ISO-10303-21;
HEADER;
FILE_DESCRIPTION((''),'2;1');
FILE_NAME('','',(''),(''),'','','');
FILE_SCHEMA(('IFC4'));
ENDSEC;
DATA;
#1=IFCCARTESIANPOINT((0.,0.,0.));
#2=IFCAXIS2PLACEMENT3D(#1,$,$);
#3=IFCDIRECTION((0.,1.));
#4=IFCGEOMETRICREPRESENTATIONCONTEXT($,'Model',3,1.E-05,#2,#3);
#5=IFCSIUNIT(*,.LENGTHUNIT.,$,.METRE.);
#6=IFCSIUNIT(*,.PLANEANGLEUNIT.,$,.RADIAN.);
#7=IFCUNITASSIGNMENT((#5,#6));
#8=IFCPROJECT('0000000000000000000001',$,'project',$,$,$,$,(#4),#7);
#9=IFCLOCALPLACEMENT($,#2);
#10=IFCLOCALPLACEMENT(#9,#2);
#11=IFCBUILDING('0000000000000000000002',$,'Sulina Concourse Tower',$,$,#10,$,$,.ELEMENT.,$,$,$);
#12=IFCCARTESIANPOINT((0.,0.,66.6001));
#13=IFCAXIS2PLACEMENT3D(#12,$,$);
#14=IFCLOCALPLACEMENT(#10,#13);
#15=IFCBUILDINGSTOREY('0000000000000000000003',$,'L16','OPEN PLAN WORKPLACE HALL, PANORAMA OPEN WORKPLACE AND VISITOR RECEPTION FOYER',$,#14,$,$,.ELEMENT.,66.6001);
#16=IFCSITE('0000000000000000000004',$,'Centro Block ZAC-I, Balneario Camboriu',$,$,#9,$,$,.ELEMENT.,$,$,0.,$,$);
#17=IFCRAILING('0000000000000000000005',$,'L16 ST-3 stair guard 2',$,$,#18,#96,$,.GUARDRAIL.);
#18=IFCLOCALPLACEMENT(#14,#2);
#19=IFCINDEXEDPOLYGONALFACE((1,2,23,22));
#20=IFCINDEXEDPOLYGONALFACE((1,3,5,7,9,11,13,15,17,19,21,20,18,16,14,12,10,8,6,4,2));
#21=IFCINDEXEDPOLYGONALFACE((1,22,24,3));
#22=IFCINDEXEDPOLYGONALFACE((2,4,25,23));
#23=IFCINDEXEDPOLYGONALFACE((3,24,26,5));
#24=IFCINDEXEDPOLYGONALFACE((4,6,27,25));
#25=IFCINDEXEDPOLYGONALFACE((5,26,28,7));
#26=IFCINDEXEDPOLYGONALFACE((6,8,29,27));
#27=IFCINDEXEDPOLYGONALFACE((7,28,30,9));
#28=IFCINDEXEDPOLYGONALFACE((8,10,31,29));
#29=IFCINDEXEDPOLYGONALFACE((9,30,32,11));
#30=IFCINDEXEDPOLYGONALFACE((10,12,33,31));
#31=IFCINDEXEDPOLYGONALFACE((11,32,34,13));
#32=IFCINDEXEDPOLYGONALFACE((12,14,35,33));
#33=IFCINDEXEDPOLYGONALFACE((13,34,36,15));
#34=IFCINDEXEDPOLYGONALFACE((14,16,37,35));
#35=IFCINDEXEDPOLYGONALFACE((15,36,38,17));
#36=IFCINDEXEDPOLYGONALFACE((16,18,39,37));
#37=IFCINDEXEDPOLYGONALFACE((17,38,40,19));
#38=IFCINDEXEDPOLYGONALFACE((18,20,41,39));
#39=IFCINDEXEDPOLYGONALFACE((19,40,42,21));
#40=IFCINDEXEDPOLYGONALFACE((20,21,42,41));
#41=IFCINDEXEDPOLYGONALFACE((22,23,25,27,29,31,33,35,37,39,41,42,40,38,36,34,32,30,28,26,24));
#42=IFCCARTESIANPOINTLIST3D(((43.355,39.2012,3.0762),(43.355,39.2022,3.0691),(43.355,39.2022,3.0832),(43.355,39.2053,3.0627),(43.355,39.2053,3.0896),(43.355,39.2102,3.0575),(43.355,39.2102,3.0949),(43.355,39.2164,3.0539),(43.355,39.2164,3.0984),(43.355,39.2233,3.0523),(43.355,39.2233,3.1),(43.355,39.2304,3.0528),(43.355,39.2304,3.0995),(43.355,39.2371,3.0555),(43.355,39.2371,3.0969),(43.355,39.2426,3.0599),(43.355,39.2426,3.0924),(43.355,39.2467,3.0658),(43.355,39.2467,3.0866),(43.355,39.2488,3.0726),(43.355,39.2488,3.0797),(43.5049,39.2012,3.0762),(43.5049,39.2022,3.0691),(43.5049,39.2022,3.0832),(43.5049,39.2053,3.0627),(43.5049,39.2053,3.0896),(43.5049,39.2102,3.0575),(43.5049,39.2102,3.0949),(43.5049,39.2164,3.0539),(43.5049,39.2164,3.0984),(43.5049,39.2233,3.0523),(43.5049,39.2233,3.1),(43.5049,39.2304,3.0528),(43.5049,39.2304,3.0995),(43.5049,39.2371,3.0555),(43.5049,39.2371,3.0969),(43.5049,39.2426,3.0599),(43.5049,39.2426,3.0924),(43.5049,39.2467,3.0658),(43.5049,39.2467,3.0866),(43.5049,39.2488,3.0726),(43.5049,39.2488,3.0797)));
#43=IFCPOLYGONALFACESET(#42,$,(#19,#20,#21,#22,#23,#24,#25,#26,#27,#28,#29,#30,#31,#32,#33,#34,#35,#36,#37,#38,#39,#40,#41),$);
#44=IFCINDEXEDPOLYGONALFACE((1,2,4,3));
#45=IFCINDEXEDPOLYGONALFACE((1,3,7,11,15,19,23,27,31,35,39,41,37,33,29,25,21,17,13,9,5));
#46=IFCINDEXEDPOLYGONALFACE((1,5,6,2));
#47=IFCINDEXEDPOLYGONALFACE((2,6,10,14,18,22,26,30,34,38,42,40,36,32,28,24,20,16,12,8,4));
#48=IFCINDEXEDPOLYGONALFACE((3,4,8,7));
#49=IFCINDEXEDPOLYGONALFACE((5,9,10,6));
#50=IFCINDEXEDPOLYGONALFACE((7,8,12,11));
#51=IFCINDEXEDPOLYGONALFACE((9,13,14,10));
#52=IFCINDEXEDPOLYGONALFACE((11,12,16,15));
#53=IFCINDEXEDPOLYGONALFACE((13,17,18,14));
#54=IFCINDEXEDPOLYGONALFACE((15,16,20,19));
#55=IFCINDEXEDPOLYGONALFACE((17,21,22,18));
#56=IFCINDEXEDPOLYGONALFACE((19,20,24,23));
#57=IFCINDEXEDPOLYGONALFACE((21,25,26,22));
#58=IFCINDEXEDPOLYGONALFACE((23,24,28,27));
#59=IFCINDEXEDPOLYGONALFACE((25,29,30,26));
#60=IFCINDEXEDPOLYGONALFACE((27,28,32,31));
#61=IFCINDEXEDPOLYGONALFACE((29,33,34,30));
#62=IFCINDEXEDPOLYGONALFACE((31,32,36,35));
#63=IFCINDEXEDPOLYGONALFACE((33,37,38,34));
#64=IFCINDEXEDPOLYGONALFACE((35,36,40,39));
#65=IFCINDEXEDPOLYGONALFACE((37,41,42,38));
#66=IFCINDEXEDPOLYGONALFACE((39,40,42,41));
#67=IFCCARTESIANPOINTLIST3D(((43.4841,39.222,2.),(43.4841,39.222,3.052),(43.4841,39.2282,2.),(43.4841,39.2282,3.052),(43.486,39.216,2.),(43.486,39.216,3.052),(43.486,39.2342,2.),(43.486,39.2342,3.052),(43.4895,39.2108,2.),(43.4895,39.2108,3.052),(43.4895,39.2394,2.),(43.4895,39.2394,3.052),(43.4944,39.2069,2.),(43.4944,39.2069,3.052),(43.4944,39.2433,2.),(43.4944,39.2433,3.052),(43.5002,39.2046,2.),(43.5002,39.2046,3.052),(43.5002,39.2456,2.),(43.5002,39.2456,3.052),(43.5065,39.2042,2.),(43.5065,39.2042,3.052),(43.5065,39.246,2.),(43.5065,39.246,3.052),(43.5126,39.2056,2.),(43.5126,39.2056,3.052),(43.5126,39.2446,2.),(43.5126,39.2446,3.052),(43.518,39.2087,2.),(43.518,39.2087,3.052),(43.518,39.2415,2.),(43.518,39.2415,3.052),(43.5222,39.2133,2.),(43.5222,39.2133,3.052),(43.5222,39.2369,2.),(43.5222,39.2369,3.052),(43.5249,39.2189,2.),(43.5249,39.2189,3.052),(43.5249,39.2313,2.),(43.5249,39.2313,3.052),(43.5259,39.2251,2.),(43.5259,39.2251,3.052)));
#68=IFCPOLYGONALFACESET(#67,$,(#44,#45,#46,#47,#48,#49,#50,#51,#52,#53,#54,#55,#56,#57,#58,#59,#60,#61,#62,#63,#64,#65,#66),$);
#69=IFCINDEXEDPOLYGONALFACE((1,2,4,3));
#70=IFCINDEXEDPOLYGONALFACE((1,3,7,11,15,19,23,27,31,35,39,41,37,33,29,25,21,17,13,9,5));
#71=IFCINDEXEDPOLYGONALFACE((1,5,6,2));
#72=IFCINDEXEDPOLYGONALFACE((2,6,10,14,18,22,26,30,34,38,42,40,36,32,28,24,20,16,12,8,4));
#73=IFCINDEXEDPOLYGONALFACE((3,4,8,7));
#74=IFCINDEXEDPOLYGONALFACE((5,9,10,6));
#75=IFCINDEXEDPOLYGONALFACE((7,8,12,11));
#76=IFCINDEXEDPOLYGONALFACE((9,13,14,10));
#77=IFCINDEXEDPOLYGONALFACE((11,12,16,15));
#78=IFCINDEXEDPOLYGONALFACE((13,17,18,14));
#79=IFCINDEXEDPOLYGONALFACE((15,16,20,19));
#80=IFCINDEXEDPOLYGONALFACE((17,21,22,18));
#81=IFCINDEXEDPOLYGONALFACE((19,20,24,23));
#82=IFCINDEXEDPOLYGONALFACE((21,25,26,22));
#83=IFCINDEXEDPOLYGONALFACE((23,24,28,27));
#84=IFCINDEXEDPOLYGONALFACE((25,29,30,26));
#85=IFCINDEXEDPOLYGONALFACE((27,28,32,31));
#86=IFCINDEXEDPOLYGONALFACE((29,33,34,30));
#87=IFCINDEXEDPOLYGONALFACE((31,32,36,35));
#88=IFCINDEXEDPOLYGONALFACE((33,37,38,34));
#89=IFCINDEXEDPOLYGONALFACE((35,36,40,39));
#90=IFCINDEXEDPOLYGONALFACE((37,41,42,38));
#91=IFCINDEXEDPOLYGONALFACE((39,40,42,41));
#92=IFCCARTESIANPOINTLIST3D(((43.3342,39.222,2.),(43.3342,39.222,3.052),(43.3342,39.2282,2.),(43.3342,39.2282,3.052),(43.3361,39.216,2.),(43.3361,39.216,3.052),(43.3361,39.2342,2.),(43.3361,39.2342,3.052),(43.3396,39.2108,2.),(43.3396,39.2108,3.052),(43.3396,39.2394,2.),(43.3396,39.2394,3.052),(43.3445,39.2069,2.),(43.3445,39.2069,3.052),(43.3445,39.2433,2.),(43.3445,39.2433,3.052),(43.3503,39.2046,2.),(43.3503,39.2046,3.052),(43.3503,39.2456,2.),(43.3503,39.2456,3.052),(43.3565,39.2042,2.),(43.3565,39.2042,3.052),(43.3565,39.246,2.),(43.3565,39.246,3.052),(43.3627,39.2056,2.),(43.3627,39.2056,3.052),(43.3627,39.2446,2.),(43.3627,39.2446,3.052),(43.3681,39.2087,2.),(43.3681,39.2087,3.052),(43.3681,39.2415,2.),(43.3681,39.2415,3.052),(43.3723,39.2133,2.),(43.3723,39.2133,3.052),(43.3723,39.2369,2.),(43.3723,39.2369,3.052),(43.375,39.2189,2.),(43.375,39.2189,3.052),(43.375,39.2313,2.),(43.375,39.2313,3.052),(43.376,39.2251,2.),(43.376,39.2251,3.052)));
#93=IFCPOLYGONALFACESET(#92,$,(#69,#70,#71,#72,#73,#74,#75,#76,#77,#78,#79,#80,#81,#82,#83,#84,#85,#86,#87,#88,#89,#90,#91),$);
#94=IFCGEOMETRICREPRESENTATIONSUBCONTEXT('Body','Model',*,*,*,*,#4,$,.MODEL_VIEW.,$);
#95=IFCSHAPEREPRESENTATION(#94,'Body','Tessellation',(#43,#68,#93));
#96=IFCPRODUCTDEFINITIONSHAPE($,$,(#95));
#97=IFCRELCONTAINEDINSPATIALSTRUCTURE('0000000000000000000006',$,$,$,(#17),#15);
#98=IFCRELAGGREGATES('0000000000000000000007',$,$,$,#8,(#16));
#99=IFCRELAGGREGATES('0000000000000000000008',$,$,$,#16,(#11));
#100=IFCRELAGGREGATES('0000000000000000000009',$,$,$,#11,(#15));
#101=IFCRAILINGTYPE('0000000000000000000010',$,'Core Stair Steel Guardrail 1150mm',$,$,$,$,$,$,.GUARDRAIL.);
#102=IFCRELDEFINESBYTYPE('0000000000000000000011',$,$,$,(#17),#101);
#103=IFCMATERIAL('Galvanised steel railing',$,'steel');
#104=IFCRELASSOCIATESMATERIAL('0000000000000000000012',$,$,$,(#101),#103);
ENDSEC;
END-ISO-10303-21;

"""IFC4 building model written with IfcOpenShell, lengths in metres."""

from ifc_helpers import new_model, si_unit, direction, frame, origin, origin_2d, place, context, subcontext, project, spatial, circle, extrude, material, type_object, element, save


model = new_model("IFC4")

# Units and contexts
model_context = context("Model", 3, precision=1e-05, world=origin(), true_north=direction((0.0, 1.0)))
body_context = subcontext(model_context, "Body", "Model", "MODEL_VIEW")
ifc_project = project(units=[si_unit("LENGTHUNIT", "METRE"), si_unit("PLANEANGLEUNIT", "RADIAN")], contexts=[model_context])

# Site, building, storey
site_placement = place(None, origin())
site = spatial("IfcSite", under=ifc_project, at=site_placement, Name="Centro Block ZAC-I, Balneario Camboriu", CompositionType="ELEMENT", RefElevation=0.0)
building_placement = place(site_placement, origin())
building = spatial("IfcBuilding", under=site, at=building_placement, Name="Sulina Concourse Tower", CompositionType="ELEMENT")
storey_placement = place(building_placement, frame((0.0, 0.0, 66.6001)))
storey = spatial("IfcBuildingStorey", under=building, at=storey_placement, Name="L16", Description="OPEN PLAN WORKPLACE HALL, PANORAMA OPEN WORKPLACE AND VISITOR RECEPTION FOYER", CompositionType="ELEMENT", Elevation=66.6001)

# Railing
ifc_material_1 = material(Name="Galvanised steel railing", Category="steel")
railing_type_1 = type_object("IfcRailingType", Name="Core Stair Steel Guardrail 1150mm", PredefinedType="GUARDRAIL", material=ifc_material_1)
railing_1_placement = place(storey_placement, frame((43.5049, 39.2251, 2.0)))
element("IfcRailing", 1, at=railing_1_placement, inside=storey, type_object=railing_type_1, Name="L16 ST-3 stair guard 2", PredefinedType="GUARDRAIL", context=body_context, shape_type="SweptSolid", body=[
    extrude(circle(Radius=0.0239, at=origin_2d()), frame((0.0, 0.0, 1.0762), z_axis=(-1.0, 0.0, 0.0), x_axis=(0.0, -1.0, 0.0)), (0.0, 0.0, 1.0), 0.1499),
    extrude(circle(Radius=0.021, at=origin_2d()), origin(), (0.0, 0.0, 1.0), 1.052),
    extrude(circle(Radius=0.021, at=origin_2d()), frame((-0.1499, 0.0, 0.0)), (0.0, 0.0, 1.0), 1.052),
])

save(model, "model.ifc")
